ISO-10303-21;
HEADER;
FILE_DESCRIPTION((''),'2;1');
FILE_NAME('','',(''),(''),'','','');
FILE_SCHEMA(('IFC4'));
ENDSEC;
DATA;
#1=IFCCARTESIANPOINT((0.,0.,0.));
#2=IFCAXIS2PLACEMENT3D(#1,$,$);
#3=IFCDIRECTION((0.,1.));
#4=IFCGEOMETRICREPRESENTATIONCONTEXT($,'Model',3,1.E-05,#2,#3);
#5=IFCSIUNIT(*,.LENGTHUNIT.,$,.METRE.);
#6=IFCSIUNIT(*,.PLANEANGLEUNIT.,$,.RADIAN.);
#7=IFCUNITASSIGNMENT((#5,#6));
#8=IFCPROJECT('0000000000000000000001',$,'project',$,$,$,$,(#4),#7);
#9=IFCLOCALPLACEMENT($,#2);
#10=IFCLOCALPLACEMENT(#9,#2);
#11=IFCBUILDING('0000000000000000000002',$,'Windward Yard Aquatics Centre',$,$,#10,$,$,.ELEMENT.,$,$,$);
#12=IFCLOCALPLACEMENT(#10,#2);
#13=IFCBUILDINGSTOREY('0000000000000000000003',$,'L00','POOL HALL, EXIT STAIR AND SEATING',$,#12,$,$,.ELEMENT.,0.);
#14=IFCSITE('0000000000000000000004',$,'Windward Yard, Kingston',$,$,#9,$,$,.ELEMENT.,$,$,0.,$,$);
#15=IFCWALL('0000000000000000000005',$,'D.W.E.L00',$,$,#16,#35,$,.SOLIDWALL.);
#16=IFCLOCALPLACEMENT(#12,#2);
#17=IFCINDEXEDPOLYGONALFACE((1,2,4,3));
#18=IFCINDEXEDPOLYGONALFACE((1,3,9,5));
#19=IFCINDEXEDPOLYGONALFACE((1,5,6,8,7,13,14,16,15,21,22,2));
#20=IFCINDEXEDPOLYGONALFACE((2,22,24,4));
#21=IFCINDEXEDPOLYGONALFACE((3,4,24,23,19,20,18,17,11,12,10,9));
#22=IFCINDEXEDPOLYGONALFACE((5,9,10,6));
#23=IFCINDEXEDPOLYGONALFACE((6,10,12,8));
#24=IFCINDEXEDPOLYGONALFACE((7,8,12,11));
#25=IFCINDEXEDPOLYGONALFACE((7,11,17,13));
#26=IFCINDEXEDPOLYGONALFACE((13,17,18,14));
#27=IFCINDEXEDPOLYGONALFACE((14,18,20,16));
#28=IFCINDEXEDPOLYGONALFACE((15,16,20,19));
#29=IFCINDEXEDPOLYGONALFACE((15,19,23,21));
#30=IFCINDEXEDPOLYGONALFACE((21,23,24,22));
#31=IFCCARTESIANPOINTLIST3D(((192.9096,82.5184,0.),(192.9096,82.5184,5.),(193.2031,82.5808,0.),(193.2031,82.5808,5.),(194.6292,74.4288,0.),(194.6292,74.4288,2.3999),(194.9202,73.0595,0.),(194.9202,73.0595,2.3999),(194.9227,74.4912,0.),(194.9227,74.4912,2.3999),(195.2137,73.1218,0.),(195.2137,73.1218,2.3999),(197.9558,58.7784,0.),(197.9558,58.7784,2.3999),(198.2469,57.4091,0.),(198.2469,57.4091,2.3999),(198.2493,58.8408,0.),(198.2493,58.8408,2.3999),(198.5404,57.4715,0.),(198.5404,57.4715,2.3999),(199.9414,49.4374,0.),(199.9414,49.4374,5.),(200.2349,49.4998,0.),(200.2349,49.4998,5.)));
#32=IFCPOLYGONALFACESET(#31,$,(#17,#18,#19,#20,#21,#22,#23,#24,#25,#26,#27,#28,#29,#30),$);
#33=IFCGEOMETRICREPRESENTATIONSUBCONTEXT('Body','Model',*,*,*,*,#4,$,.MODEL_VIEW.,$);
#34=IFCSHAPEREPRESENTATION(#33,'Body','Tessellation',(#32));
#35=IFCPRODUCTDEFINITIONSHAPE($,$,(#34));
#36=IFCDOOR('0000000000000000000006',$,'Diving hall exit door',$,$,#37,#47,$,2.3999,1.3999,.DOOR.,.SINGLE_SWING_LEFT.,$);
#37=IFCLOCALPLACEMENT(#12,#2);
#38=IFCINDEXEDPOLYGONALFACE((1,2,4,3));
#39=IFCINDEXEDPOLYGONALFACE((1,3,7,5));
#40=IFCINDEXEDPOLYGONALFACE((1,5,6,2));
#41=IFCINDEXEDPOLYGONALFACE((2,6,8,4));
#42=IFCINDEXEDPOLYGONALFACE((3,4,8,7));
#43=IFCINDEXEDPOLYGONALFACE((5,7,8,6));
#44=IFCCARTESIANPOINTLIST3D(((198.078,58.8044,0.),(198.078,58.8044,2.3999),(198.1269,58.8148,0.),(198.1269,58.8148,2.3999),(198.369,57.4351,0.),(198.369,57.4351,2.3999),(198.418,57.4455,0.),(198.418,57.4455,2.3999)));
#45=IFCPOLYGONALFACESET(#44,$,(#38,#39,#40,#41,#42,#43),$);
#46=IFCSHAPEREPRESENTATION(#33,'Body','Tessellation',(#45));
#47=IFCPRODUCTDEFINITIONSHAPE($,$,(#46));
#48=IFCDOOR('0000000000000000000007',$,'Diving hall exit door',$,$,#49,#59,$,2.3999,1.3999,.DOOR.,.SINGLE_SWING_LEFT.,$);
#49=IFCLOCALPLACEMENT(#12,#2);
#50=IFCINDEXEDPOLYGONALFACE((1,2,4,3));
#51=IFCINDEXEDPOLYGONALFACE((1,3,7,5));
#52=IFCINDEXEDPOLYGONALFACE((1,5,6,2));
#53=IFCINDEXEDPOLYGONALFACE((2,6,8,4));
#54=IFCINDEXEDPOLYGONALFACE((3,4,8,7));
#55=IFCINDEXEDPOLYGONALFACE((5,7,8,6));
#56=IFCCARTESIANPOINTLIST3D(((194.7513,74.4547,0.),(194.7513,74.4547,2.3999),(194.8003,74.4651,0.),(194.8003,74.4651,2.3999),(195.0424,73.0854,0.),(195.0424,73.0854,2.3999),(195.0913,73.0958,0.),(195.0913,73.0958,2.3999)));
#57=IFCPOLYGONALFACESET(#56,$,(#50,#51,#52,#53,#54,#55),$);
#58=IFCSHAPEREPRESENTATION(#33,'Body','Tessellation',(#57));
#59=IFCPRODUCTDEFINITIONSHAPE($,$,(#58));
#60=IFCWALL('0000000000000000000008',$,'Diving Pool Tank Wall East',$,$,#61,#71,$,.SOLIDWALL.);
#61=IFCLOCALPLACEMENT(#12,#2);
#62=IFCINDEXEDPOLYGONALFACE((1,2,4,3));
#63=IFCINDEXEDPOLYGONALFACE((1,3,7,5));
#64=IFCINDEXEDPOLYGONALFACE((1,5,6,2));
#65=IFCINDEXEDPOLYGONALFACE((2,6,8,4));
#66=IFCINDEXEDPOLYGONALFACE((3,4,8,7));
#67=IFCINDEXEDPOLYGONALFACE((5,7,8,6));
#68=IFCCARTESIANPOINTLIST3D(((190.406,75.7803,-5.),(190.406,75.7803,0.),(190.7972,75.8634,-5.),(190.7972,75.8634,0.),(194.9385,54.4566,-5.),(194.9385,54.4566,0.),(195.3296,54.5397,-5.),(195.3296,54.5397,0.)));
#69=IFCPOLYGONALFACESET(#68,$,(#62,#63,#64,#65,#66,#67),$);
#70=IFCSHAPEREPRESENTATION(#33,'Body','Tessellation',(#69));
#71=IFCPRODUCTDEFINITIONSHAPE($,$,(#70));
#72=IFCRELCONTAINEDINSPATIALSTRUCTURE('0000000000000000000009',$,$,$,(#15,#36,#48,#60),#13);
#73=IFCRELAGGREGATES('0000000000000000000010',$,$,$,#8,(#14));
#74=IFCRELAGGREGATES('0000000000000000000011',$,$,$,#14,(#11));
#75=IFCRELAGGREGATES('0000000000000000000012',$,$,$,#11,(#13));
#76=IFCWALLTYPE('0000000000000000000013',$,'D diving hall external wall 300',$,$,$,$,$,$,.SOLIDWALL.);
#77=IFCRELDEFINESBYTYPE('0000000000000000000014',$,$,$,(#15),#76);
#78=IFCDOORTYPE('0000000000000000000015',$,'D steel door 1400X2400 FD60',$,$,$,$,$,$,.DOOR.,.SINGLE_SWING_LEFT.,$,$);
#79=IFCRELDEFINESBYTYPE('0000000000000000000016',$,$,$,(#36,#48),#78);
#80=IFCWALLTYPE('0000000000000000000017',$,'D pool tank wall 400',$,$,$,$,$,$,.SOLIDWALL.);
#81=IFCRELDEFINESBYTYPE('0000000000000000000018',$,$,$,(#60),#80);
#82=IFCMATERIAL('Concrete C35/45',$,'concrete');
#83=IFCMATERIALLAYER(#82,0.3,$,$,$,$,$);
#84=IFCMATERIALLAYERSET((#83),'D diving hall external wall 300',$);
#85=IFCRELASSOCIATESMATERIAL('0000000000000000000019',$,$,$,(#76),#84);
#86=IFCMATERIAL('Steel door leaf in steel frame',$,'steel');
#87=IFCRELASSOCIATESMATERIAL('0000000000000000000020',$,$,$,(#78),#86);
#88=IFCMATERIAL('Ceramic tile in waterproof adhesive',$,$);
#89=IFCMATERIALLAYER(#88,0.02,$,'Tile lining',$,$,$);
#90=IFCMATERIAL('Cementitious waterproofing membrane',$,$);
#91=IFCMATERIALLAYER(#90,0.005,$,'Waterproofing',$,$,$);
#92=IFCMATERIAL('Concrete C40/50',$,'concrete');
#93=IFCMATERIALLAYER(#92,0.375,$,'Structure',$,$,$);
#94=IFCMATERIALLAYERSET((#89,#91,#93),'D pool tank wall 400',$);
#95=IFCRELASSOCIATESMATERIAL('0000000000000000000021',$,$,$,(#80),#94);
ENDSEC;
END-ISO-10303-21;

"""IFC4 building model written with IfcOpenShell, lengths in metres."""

from ifc_helpers import new_model, si_unit, direction, frame, frame_2d, origin, place, context, subcontext, project, spatial, rectangle, extrude, material, layer, layer_set, type_object, element, fill, save


model = new_model("IFC4")

# Units and contexts
model_context = context("Model", 3, precision=1e-05, world=origin(), true_north=direction((0.0, 1.0)))
body_context = subcontext(model_context, "Body", "Model", "MODEL_VIEW")
ifc_project = project(units=[si_unit("LENGTHUNIT", "METRE"), si_unit("PLANEANGLEUNIT", "RADIAN")], contexts=[model_context])

# Site, building, storey
site_placement = place(None, origin())
site = spatial("IfcSite", under=ifc_project, at=site_placement, Name="Windward Yard, Kingston", CompositionType="ELEMENT", RefElevation=0.0)
building_placement = place(site_placement, origin())
building = spatial("IfcBuilding", under=site, at=building_placement, Name="Windward Yard Aquatics Centre", CompositionType="ELEMENT")
storey_placement = place(building_placement, origin())
storey = spatial("IfcBuildingStorey", under=building, at=storey_placement, Name="L00", Description="POOL HALL, EXIT STAIR AND SEATING", CompositionType="ELEMENT", Elevation=0.0)

# Shared definitions
ifc_material_1 = material(Name="Concrete C40/50", Category="concrete")

# Shared definitions
ifc_material_2 = material(Name="Concrete C35/45", Category="concrete")

# Shared definitions
ifc_material_3 = material(Name="Steel door leaf in steel frame", Category="steel")

# Wall, openings, doors
ifc_layer_1 = layer(ifc_material_2, 0.3)
ifc_layer_set_1 = layer_set([ifc_layer_1], Name="D diving hall external wall 300")
wall_type_1 = type_object("IfcWallType", Name="D diving hall external wall 300", PredefinedType="SOLIDWALL", material=ifc_layer_set_1)
wall_1_placement = place(storey_placement, frame((200.0881, 49.4685, 0.0), z_axis=(0.0, 0.0, 1.0), x_axis=(-0.207916, 0.978147, 0.0)))
wall_1 = element("IfcWall", 1, at=wall_1_placement, inside=storey, type_object=wall_type_1, Name="D.W.E.L00", PredefinedType="SOLIDWALL", context=body_context, shape_type="SweptSolid", body=[
    extrude(rectangle(XDim=33.8201, YDim=0.3, at=frame_2d((16.9102, 0.0))), origin(), (0.0, 0.0, 1.0), 5.0),
])
opening_1_placement = place(wall_1_placement, frame((9.5498, 0.0, 0.0), z_axis=(0.0, 0.0, 1.0), x_axis=(-1.0, 0.0, 0.0)))
opening_1 = element("IfcOpeningElement", 2, at=opening_1_placement, cuts=wall_1, PredefinedType="OPENING", context=body_context, shape_type="SweptSolid", body=[
    extrude(rectangle(XDim=1.3999, YDim=2.3999, at=frame_2d((0.7, 1.2))), frame((0.0, 0.1602, 0.0), z_axis=(0.0, -1.0, 0.0), x_axis=(1.0, 0.0, 0.0)), (0.0, 0.0, 1.0), 0.3201),
])
opening_2_placement = place(wall_1_placement, frame((25.5498, 0.0, 0.0), z_axis=(0.0, 0.0, 1.0), x_axis=(-1.0, 0.0, 0.0)))
opening_2 = element("IfcOpeningElement", 3, at=opening_2_placement, cuts=wall_1, PredefinedType="OPENING", context=body_context, shape_type="SweptSolid", body=[
    extrude(rectangle(XDim=1.3999, YDim=2.3999, at=frame_2d((0.7, 1.2))), frame((0.0, 0.1602, 0.0), z_axis=(0.0, -1.0, 0.0), x_axis=(1.0, 0.0, 0.0)), (0.0, 0.0, 1.0), 0.3201),
])
door_type_1 = type_object("IfcDoorType", Name="D steel door 1400X2400 FD60", OperationType="SINGLE_SWING_LEFT", PredefinedType="DOOR", material=ifc_material_3)
door_1_placement = place(opening_1_placement, origin())
door_1 = element("IfcDoor", 4, at=door_1_placement, inside=storey, type_object=door_type_1, Name="Diving hall exit door", OperationType="SINGLE_SWING_LEFT", OverallHeight=2.3999, OverallWidth=1.3999, PredefinedType="DOOR", context=body_context, shape_type="SweptSolid", body=[
    extrude(rectangle(XDim=1.3999, YDim=2.3999, at=frame_2d((0.7, 1.2))), frame((0.0, 0.0249, 0.0), z_axis=(0.0, -1.0, 0.0), x_axis=(1.0, 0.0, 0.0)), (0.0, 0.0, 1.0), 0.05),
])
fill(opening_1, door_1)
door_2_placement = place(opening_2_placement, origin())
door_2 = element("IfcDoor", 5, at=door_2_placement, inside=storey, type_object=door_type_1, Name="Diving hall exit door", OperationType="SINGLE_SWING_LEFT", OverallHeight=2.3999, OverallWidth=1.3999, PredefinedType="DOOR", context=body_context, shape_type="SweptSolid", body=[
    extrude(rectangle(XDim=1.3999, YDim=2.3999, at=frame_2d((0.7, 1.2))), frame((0.0, 0.0249, 0.0), z_axis=(0.0, -1.0, 0.0), x_axis=(1.0, 0.0, 0.0)), (0.0, 0.0, 1.0), 0.05),
])
fill(opening_2, door_2)

# Wall
ifc_material_4 = material(Name="Ceramic tile in waterproof adhesive")
ifc_layer_2 = layer(ifc_material_4, 0.02, Name="Tile lining")
ifc_material_5 = material(Name="Cementitious waterproofing membrane")
ifc_layer_3 = layer(ifc_material_5, 0.005, Name="Waterproofing")
ifc_layer_4 = layer(ifc_material_1, 0.375, Name="Structure")
ifc_layer_set_2 = layer_set([ifc_layer_2, ifc_layer_3, ifc_layer_4], Name="D pool tank wall 400")
wall_type_2 = type_object("IfcWallType", Name="D pool tank wall 400", PredefinedType="SOLIDWALL", material=ifc_layer_set_2)
wall_2_placement = place(storey_placement, frame((195.134, 54.4983, -5.0), z_axis=(0.0, 0.0, 1.0), x_axis=(-0.20791, 0.978148, 0.0)))
element("IfcWall", 6, at=wall_2_placement, inside=storey, type_object=wall_type_2, Name="Diving Pool Tank Wall East", PredefinedType="SOLIDWALL", context=body_context, shape_type="SweptSolid", body=[
    extrude(rectangle(XDim=21.8, YDim=0.3999, at=frame_2d((10.8999, 0.0))), origin(), (0.0, 0.0, 1.0), 5.0),
])

save(model, "model.ifc")
